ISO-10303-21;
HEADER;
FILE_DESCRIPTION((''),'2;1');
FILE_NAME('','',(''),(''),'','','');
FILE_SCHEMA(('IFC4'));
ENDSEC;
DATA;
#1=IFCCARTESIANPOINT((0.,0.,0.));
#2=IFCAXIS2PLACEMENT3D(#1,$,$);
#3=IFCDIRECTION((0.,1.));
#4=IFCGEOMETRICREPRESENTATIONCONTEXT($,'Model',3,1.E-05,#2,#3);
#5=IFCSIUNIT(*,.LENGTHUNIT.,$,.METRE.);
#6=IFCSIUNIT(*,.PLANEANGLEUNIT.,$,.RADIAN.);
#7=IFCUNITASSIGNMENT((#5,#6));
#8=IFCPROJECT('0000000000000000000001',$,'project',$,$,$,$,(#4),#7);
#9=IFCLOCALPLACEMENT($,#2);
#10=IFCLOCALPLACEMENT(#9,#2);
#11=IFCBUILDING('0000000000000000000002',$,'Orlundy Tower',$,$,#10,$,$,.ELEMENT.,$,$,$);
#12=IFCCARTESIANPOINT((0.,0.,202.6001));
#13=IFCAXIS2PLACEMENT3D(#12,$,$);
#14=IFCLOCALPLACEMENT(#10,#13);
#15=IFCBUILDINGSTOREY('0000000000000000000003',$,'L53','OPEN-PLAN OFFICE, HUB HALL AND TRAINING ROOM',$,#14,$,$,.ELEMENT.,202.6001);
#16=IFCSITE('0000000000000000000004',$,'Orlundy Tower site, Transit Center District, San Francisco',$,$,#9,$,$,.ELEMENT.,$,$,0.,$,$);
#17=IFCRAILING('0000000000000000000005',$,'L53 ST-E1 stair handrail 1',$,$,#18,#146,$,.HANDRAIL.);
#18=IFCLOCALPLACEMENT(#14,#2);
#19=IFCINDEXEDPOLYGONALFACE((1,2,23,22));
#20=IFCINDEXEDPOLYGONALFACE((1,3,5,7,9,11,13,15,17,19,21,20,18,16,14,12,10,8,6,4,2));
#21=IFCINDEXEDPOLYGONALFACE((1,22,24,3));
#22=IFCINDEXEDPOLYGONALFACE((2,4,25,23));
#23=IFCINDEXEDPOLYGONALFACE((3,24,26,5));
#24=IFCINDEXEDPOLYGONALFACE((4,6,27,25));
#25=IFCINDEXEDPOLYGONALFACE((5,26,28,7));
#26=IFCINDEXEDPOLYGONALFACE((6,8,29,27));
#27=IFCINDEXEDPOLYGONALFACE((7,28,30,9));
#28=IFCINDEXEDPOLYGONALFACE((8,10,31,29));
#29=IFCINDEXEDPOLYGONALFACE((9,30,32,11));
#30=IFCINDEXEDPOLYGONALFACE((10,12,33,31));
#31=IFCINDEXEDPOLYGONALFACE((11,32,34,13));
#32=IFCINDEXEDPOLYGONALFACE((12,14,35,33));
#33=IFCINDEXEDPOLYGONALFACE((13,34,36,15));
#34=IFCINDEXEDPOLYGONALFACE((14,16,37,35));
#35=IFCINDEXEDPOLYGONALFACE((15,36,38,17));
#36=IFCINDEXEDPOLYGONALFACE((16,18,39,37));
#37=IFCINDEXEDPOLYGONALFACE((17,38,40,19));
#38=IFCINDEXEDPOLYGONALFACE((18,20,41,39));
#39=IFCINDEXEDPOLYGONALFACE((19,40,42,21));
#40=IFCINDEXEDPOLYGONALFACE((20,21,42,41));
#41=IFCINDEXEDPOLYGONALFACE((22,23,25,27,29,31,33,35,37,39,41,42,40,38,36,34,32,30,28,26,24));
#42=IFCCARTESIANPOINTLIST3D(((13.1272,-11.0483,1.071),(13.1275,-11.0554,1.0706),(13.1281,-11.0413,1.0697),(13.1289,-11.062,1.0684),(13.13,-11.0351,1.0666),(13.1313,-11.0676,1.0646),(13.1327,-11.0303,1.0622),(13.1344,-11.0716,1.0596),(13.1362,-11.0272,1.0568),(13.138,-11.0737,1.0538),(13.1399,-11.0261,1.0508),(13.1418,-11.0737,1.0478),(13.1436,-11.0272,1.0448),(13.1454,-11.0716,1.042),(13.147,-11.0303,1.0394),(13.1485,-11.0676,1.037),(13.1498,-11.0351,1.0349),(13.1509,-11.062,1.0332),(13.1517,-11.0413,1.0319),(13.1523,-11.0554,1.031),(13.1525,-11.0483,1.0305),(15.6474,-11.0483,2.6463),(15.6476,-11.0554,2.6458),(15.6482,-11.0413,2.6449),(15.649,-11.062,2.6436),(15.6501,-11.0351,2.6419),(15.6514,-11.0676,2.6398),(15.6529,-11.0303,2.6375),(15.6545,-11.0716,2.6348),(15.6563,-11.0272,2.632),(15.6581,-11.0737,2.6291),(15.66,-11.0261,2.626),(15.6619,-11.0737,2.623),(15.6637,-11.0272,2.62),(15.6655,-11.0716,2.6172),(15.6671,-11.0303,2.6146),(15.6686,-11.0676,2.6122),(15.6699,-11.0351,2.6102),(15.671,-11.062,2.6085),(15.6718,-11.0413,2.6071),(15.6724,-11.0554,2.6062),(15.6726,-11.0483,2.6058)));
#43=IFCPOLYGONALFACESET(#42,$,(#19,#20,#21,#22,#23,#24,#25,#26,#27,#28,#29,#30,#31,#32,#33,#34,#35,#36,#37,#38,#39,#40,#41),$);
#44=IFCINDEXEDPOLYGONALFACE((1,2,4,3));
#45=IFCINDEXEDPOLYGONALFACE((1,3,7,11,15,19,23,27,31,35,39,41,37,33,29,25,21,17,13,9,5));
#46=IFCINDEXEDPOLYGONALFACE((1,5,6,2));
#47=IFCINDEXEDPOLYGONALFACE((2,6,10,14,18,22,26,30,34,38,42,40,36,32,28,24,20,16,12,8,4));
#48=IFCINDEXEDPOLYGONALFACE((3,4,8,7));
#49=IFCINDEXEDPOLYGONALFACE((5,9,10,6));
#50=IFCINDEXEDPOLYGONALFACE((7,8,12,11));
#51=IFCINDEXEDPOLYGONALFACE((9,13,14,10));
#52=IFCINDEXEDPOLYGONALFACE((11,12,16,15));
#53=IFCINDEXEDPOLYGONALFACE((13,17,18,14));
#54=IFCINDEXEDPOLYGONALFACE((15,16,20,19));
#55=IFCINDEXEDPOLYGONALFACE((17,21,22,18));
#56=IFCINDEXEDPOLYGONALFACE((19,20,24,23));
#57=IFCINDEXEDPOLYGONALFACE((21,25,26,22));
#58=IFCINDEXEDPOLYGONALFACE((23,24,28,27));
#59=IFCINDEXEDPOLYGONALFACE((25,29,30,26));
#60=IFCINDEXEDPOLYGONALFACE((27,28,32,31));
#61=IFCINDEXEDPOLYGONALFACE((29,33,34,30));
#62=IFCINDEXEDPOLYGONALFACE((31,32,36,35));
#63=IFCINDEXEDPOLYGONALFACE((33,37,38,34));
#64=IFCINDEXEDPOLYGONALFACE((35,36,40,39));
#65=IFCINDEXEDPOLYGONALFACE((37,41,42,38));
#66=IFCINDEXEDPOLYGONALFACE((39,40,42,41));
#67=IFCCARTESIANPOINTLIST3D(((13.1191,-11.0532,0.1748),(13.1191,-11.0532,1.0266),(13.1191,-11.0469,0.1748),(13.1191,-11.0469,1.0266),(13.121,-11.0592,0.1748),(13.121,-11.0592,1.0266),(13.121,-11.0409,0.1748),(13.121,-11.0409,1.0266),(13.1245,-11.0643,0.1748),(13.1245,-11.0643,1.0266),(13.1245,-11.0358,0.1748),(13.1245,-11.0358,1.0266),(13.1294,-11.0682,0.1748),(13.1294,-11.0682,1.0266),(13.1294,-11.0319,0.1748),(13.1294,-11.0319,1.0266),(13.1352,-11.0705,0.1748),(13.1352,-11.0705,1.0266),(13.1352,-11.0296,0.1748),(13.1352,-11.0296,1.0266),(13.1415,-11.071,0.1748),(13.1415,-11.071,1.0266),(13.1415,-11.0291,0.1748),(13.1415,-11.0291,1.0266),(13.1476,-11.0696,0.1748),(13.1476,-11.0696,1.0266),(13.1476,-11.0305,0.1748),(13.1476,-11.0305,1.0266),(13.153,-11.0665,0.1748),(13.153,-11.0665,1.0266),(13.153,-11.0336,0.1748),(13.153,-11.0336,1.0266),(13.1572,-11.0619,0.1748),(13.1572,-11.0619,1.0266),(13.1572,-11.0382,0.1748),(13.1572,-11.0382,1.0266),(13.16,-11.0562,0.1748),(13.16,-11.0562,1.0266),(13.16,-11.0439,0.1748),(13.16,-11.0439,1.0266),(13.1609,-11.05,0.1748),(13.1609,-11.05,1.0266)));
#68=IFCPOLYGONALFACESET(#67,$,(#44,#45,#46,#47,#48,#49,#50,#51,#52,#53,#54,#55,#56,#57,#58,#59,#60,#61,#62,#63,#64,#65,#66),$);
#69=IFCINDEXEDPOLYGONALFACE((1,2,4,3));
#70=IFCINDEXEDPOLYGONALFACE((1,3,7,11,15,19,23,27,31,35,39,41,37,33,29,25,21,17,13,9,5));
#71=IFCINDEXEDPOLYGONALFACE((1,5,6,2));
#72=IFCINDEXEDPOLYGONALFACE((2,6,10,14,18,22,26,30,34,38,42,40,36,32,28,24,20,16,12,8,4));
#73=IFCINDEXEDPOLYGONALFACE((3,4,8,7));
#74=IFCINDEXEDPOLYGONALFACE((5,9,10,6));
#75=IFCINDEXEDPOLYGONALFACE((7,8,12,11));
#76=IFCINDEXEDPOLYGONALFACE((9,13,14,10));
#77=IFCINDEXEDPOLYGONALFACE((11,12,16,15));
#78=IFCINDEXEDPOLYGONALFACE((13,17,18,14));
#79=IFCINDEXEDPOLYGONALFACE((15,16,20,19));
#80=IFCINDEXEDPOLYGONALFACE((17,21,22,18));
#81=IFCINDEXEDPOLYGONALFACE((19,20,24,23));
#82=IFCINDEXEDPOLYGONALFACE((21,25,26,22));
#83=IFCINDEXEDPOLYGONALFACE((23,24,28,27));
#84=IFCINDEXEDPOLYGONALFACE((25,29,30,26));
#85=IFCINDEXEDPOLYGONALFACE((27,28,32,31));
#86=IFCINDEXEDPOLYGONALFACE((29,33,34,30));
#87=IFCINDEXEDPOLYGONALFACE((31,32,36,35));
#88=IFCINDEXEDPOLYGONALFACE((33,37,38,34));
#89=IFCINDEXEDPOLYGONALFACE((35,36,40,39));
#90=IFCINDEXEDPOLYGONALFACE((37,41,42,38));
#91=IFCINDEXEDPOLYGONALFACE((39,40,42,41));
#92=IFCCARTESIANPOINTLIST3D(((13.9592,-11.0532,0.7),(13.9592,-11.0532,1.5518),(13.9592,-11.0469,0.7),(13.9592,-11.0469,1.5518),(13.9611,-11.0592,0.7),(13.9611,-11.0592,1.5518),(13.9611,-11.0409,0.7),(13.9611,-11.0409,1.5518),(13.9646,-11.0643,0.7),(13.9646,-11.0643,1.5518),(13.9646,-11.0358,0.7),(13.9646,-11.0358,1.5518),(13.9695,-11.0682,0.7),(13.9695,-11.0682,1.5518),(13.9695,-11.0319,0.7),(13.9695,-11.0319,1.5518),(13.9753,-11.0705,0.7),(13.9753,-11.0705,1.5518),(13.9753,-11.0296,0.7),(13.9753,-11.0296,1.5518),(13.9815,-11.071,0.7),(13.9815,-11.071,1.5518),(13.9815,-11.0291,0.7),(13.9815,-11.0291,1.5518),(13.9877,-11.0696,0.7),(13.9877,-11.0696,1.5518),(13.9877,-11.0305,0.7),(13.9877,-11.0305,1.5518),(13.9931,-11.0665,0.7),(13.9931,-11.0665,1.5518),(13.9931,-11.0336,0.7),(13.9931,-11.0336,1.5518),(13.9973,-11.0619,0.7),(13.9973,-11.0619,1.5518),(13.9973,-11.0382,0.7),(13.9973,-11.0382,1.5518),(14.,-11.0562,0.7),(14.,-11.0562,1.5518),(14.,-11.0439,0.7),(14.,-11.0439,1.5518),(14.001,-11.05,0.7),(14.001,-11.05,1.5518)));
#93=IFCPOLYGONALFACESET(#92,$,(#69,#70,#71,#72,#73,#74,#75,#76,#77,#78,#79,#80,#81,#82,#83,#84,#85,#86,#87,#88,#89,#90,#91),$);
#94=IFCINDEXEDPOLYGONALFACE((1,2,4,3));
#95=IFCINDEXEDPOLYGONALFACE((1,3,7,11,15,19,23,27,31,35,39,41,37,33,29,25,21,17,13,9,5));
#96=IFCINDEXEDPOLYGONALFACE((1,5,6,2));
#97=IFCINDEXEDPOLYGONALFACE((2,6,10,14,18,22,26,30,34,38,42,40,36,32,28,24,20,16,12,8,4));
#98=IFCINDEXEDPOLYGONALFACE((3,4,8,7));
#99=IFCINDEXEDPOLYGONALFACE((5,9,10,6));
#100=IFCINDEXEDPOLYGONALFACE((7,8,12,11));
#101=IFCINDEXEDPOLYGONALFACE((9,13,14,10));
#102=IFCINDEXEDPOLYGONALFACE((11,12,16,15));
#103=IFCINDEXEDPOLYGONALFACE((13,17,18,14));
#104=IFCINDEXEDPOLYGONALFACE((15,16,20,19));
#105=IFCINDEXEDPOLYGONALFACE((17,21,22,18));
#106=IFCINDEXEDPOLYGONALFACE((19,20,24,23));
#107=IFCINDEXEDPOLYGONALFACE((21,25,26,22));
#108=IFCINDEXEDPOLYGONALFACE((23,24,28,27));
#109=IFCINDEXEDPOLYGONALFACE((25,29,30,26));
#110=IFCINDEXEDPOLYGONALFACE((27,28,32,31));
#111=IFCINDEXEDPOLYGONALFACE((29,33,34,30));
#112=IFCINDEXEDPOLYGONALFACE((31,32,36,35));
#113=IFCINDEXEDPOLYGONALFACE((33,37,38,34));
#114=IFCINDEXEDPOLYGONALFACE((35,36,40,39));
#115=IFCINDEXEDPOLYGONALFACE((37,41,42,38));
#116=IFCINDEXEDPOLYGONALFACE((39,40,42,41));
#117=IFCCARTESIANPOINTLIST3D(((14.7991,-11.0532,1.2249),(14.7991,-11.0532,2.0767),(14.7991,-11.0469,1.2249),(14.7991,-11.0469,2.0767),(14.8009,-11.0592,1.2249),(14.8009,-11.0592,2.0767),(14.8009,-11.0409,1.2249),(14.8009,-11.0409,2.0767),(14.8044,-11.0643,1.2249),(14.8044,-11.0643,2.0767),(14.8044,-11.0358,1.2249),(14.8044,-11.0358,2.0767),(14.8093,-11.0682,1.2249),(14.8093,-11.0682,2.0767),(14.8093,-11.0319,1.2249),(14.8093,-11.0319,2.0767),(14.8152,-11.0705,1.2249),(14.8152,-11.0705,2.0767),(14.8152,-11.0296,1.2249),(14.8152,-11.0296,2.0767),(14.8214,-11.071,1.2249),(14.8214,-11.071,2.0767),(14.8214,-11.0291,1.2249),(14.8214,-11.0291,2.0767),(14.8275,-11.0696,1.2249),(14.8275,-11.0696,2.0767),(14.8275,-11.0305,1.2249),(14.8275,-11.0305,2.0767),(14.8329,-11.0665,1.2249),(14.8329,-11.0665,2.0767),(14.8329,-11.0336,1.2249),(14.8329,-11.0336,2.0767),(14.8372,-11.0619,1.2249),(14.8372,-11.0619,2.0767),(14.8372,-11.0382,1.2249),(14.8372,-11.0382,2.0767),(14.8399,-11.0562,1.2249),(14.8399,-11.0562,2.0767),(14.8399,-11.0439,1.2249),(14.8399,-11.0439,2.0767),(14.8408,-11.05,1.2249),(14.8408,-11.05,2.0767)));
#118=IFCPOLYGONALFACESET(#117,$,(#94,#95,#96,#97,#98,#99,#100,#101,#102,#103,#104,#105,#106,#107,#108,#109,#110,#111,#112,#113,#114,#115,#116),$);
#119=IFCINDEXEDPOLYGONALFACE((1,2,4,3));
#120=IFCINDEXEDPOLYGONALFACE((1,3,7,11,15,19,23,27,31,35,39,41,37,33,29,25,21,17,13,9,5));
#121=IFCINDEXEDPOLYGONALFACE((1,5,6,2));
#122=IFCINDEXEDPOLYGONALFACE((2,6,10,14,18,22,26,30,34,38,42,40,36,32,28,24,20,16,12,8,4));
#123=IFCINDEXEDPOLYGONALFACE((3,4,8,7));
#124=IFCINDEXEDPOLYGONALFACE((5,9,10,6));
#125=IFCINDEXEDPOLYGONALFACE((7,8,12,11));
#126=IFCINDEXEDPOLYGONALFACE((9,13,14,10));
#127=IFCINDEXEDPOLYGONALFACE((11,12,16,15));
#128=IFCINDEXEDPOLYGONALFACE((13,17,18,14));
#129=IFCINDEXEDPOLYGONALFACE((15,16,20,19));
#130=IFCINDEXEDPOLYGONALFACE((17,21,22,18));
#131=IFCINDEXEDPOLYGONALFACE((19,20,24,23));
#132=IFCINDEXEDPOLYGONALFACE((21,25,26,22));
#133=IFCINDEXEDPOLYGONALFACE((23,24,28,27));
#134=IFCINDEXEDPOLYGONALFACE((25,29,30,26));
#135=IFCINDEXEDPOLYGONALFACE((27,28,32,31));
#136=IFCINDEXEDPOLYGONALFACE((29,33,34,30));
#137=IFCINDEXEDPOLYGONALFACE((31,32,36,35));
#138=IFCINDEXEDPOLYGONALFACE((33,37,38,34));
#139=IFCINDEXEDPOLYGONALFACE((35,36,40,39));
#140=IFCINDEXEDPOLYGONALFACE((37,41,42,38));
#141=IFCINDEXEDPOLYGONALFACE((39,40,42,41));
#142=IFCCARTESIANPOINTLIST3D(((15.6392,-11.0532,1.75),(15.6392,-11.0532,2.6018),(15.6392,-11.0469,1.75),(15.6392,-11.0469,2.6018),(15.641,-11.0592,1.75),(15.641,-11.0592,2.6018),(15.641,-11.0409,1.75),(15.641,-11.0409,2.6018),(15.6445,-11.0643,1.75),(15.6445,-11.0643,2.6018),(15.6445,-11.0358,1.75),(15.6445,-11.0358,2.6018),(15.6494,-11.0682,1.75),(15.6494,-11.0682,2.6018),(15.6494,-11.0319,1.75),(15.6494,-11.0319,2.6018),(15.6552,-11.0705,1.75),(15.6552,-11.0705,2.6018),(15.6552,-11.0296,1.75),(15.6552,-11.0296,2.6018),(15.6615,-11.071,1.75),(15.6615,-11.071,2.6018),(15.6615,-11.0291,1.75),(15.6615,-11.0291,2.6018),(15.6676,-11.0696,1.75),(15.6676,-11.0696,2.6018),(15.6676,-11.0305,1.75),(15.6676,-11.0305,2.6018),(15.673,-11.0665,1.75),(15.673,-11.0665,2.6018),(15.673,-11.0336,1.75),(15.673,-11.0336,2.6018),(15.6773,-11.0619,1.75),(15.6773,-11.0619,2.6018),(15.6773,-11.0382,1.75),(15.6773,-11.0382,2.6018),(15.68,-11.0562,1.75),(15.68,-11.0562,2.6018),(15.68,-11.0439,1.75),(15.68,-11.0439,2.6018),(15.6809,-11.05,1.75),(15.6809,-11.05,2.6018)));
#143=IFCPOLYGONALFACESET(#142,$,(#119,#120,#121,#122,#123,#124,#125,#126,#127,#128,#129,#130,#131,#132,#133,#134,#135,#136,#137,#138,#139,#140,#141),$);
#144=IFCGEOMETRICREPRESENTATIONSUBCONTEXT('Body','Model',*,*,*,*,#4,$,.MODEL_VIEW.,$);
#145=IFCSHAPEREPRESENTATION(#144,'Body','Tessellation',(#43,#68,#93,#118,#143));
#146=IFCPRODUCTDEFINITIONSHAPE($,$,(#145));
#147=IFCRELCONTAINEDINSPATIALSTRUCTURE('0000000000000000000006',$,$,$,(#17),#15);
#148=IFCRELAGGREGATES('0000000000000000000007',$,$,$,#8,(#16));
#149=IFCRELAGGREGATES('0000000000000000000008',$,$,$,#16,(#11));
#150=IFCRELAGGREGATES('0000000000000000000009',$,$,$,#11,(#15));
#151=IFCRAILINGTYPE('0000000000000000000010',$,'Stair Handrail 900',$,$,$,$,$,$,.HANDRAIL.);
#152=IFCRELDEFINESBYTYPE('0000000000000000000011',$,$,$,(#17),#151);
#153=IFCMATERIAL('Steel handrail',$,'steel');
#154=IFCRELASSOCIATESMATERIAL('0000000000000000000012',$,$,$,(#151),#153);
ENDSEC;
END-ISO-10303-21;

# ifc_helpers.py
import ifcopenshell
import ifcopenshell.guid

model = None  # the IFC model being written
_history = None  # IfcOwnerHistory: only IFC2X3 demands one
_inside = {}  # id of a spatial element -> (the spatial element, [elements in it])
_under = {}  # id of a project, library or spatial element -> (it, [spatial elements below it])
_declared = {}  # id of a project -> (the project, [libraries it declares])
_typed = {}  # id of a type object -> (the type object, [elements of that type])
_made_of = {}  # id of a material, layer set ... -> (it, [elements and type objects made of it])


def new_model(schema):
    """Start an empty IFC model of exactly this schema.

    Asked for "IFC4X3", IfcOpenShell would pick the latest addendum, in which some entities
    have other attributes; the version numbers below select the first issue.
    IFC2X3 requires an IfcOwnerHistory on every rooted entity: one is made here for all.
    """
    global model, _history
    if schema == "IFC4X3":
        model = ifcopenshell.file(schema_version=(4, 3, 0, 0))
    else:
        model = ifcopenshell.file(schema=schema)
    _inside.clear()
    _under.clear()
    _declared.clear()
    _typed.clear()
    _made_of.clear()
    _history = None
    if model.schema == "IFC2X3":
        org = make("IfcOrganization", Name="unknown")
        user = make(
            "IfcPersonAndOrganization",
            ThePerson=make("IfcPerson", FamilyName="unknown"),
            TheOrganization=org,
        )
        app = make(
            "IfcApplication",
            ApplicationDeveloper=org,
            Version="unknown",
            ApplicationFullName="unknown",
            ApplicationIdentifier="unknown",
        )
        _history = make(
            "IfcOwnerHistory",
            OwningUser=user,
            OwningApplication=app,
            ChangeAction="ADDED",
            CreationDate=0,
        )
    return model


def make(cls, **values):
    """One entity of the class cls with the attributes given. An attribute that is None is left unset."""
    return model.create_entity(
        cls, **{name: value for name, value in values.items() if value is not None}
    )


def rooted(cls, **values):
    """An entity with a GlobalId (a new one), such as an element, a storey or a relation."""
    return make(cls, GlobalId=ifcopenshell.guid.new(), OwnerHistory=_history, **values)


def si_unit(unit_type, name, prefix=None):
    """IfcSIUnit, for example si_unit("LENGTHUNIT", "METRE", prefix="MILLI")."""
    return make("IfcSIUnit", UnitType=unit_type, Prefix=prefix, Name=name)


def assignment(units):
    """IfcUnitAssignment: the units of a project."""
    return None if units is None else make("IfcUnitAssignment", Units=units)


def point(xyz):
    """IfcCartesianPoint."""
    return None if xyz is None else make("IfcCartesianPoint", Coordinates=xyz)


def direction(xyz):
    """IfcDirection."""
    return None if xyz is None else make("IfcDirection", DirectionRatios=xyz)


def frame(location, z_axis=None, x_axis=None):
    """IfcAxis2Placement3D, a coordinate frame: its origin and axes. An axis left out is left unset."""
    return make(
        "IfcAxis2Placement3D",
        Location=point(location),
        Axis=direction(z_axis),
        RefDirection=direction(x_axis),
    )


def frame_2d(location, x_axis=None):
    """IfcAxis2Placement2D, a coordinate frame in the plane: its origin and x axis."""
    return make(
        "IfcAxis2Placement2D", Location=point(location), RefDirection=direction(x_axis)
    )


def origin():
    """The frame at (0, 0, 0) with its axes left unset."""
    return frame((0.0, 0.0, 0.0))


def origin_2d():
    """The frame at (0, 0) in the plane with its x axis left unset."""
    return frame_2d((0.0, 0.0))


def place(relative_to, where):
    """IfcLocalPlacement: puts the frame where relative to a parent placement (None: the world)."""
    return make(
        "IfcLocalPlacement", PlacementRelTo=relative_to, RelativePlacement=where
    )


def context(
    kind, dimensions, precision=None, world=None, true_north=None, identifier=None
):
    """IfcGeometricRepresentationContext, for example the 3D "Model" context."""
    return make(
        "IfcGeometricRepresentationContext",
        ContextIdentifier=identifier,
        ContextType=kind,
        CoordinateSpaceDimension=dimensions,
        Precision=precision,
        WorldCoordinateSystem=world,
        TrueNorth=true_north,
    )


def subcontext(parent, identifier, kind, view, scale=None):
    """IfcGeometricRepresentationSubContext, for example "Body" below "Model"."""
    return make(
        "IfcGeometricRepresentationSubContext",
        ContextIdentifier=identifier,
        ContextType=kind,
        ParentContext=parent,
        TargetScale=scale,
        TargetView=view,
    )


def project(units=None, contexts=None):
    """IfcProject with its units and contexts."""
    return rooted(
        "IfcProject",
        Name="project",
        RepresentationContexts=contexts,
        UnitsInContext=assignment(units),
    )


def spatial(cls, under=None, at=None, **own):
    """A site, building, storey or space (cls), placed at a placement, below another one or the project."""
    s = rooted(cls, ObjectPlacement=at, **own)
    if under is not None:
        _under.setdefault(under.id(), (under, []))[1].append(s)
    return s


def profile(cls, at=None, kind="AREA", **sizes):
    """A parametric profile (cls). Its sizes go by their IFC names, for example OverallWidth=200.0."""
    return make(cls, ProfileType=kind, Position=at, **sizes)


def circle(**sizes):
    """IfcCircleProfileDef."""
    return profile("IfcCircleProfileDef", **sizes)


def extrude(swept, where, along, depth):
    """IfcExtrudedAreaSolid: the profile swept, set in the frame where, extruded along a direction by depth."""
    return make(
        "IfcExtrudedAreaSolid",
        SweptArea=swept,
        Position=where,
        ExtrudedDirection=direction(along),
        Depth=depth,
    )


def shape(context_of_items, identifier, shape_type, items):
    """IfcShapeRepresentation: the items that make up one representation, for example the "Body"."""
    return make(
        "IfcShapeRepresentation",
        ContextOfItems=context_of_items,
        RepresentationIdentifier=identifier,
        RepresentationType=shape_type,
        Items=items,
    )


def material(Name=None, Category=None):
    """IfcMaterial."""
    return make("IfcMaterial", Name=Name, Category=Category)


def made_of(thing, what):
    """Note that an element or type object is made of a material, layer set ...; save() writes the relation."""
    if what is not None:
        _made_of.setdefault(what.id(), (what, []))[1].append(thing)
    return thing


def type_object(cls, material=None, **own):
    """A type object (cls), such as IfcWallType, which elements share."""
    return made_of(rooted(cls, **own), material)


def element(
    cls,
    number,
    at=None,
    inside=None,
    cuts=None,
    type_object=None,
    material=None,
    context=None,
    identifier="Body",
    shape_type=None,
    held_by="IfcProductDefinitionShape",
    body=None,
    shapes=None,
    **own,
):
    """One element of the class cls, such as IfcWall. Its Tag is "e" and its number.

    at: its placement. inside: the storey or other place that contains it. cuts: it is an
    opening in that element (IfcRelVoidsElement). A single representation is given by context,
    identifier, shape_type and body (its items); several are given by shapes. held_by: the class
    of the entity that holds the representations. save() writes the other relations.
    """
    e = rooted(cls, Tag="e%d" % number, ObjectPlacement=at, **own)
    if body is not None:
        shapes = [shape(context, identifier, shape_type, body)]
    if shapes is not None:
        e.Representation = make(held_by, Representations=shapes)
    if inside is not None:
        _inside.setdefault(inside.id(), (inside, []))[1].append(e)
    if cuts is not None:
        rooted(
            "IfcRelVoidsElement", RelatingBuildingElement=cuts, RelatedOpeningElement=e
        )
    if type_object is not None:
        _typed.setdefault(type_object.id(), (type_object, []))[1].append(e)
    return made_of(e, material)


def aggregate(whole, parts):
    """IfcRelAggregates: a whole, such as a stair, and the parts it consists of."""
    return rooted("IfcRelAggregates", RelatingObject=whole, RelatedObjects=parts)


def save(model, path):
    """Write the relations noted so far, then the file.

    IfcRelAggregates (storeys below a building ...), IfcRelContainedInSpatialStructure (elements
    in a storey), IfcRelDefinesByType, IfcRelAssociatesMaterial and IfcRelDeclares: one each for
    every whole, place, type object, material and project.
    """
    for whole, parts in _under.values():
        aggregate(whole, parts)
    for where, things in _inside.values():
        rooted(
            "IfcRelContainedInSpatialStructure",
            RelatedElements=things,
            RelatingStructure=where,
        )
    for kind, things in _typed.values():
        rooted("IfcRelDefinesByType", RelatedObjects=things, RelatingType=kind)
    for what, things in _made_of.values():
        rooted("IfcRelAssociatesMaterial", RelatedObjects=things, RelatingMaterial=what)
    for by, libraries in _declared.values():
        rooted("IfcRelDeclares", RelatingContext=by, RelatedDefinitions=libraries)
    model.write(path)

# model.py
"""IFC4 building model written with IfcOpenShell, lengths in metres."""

from ifc_helpers import new_model, si_unit, direction, frame, origin, origin_2d, place, context, subcontext, project, spatial, circle, extrude, material, type_object, element, save


model = new_model("IFC4")

# Units and contexts
model_context = context("Model", 3, precision=1e-05, world=origin(), true_north=direction((0.0, 1.0)))
body_context = subcontext(model_context, "Body", "Model", "MODEL_VIEW")
ifc_project = project(units=[si_unit("LENGTHUNIT", "METRE"), si_unit("PLANEANGLEUNIT", "RADIAN")], contexts=[model_context])

# Site, building, storey
site_placement = place(None, origin())
site = spatial("IfcSite", under=ifc_project, at=site_placement, Name="Orlundy Tower site, Transit Center District, San Francisco", CompositionType="ELEMENT", RefElevation=0.0)
building_placement = place(site_placement, origin())
building = spatial("IfcBuilding", under=site, at=building_placement, Name="Orlundy Tower", CompositionType="ELEMENT")
storey_placement = place(building_placement, frame((0.0, 0.0, 202.6001)))
storey = spatial("IfcBuildingStorey", under=building, at=storey_placement, Name="L53", Description="OPEN-PLAN OFFICE, HUB HALL AND TRAINING ROOM", CompositionType="ELEMENT", Elevation=202.6001)

# Railing
ifc_material_1 = material(Name="Steel handrail", Category="steel")
railing_type_1 = type_object("IfcRailingType", Name="Stair Handrail 900", PredefinedType="HANDRAIL", material=ifc_material_1)
railing_1_placement = place(storey_placement, frame((13.1399, -11.05, 0.1748)))
element("IfcRailing", 1, at=railing_1_placement, inside=storey, type_object=railing_type_1, Name="L53 ST-E1 stair handrail 1", PredefinedType="HANDRAIL", context=body_context, shape_type="SweptSolid", body=[
    extrude(circle(Radius=0.0239, at=origin_2d()), frame((0.0, 0.0, 0.876), z_axis=(0.847971, 0.0, 0.530043), x_axis=(0.0, 1.0, 0.0)), (0.0, 0.0, 1.0), 2.9719),
    extrude(circle(Radius=0.021, at=origin_2d()), origin(), (0.0, 0.0, 1.0), 0.8518),
    extrude(circle(Radius=0.021, at=origin_2d()), frame((0.8401, 0.0, 0.5251)), (0.0, 0.0, 1.0), 0.8518),
    extrude(circle(Radius=0.021, at=origin_2d()), frame((1.6799, 0.0, 1.05)), (0.0, 0.0, 1.0), 0.8518),
    extrude(circle(Radius=0.021, at=origin_2d()), frame((2.52, 0.0, 1.5752)), (0.0, 0.0, 1.0), 0.8518),
])

save(model, "model.ifc")
